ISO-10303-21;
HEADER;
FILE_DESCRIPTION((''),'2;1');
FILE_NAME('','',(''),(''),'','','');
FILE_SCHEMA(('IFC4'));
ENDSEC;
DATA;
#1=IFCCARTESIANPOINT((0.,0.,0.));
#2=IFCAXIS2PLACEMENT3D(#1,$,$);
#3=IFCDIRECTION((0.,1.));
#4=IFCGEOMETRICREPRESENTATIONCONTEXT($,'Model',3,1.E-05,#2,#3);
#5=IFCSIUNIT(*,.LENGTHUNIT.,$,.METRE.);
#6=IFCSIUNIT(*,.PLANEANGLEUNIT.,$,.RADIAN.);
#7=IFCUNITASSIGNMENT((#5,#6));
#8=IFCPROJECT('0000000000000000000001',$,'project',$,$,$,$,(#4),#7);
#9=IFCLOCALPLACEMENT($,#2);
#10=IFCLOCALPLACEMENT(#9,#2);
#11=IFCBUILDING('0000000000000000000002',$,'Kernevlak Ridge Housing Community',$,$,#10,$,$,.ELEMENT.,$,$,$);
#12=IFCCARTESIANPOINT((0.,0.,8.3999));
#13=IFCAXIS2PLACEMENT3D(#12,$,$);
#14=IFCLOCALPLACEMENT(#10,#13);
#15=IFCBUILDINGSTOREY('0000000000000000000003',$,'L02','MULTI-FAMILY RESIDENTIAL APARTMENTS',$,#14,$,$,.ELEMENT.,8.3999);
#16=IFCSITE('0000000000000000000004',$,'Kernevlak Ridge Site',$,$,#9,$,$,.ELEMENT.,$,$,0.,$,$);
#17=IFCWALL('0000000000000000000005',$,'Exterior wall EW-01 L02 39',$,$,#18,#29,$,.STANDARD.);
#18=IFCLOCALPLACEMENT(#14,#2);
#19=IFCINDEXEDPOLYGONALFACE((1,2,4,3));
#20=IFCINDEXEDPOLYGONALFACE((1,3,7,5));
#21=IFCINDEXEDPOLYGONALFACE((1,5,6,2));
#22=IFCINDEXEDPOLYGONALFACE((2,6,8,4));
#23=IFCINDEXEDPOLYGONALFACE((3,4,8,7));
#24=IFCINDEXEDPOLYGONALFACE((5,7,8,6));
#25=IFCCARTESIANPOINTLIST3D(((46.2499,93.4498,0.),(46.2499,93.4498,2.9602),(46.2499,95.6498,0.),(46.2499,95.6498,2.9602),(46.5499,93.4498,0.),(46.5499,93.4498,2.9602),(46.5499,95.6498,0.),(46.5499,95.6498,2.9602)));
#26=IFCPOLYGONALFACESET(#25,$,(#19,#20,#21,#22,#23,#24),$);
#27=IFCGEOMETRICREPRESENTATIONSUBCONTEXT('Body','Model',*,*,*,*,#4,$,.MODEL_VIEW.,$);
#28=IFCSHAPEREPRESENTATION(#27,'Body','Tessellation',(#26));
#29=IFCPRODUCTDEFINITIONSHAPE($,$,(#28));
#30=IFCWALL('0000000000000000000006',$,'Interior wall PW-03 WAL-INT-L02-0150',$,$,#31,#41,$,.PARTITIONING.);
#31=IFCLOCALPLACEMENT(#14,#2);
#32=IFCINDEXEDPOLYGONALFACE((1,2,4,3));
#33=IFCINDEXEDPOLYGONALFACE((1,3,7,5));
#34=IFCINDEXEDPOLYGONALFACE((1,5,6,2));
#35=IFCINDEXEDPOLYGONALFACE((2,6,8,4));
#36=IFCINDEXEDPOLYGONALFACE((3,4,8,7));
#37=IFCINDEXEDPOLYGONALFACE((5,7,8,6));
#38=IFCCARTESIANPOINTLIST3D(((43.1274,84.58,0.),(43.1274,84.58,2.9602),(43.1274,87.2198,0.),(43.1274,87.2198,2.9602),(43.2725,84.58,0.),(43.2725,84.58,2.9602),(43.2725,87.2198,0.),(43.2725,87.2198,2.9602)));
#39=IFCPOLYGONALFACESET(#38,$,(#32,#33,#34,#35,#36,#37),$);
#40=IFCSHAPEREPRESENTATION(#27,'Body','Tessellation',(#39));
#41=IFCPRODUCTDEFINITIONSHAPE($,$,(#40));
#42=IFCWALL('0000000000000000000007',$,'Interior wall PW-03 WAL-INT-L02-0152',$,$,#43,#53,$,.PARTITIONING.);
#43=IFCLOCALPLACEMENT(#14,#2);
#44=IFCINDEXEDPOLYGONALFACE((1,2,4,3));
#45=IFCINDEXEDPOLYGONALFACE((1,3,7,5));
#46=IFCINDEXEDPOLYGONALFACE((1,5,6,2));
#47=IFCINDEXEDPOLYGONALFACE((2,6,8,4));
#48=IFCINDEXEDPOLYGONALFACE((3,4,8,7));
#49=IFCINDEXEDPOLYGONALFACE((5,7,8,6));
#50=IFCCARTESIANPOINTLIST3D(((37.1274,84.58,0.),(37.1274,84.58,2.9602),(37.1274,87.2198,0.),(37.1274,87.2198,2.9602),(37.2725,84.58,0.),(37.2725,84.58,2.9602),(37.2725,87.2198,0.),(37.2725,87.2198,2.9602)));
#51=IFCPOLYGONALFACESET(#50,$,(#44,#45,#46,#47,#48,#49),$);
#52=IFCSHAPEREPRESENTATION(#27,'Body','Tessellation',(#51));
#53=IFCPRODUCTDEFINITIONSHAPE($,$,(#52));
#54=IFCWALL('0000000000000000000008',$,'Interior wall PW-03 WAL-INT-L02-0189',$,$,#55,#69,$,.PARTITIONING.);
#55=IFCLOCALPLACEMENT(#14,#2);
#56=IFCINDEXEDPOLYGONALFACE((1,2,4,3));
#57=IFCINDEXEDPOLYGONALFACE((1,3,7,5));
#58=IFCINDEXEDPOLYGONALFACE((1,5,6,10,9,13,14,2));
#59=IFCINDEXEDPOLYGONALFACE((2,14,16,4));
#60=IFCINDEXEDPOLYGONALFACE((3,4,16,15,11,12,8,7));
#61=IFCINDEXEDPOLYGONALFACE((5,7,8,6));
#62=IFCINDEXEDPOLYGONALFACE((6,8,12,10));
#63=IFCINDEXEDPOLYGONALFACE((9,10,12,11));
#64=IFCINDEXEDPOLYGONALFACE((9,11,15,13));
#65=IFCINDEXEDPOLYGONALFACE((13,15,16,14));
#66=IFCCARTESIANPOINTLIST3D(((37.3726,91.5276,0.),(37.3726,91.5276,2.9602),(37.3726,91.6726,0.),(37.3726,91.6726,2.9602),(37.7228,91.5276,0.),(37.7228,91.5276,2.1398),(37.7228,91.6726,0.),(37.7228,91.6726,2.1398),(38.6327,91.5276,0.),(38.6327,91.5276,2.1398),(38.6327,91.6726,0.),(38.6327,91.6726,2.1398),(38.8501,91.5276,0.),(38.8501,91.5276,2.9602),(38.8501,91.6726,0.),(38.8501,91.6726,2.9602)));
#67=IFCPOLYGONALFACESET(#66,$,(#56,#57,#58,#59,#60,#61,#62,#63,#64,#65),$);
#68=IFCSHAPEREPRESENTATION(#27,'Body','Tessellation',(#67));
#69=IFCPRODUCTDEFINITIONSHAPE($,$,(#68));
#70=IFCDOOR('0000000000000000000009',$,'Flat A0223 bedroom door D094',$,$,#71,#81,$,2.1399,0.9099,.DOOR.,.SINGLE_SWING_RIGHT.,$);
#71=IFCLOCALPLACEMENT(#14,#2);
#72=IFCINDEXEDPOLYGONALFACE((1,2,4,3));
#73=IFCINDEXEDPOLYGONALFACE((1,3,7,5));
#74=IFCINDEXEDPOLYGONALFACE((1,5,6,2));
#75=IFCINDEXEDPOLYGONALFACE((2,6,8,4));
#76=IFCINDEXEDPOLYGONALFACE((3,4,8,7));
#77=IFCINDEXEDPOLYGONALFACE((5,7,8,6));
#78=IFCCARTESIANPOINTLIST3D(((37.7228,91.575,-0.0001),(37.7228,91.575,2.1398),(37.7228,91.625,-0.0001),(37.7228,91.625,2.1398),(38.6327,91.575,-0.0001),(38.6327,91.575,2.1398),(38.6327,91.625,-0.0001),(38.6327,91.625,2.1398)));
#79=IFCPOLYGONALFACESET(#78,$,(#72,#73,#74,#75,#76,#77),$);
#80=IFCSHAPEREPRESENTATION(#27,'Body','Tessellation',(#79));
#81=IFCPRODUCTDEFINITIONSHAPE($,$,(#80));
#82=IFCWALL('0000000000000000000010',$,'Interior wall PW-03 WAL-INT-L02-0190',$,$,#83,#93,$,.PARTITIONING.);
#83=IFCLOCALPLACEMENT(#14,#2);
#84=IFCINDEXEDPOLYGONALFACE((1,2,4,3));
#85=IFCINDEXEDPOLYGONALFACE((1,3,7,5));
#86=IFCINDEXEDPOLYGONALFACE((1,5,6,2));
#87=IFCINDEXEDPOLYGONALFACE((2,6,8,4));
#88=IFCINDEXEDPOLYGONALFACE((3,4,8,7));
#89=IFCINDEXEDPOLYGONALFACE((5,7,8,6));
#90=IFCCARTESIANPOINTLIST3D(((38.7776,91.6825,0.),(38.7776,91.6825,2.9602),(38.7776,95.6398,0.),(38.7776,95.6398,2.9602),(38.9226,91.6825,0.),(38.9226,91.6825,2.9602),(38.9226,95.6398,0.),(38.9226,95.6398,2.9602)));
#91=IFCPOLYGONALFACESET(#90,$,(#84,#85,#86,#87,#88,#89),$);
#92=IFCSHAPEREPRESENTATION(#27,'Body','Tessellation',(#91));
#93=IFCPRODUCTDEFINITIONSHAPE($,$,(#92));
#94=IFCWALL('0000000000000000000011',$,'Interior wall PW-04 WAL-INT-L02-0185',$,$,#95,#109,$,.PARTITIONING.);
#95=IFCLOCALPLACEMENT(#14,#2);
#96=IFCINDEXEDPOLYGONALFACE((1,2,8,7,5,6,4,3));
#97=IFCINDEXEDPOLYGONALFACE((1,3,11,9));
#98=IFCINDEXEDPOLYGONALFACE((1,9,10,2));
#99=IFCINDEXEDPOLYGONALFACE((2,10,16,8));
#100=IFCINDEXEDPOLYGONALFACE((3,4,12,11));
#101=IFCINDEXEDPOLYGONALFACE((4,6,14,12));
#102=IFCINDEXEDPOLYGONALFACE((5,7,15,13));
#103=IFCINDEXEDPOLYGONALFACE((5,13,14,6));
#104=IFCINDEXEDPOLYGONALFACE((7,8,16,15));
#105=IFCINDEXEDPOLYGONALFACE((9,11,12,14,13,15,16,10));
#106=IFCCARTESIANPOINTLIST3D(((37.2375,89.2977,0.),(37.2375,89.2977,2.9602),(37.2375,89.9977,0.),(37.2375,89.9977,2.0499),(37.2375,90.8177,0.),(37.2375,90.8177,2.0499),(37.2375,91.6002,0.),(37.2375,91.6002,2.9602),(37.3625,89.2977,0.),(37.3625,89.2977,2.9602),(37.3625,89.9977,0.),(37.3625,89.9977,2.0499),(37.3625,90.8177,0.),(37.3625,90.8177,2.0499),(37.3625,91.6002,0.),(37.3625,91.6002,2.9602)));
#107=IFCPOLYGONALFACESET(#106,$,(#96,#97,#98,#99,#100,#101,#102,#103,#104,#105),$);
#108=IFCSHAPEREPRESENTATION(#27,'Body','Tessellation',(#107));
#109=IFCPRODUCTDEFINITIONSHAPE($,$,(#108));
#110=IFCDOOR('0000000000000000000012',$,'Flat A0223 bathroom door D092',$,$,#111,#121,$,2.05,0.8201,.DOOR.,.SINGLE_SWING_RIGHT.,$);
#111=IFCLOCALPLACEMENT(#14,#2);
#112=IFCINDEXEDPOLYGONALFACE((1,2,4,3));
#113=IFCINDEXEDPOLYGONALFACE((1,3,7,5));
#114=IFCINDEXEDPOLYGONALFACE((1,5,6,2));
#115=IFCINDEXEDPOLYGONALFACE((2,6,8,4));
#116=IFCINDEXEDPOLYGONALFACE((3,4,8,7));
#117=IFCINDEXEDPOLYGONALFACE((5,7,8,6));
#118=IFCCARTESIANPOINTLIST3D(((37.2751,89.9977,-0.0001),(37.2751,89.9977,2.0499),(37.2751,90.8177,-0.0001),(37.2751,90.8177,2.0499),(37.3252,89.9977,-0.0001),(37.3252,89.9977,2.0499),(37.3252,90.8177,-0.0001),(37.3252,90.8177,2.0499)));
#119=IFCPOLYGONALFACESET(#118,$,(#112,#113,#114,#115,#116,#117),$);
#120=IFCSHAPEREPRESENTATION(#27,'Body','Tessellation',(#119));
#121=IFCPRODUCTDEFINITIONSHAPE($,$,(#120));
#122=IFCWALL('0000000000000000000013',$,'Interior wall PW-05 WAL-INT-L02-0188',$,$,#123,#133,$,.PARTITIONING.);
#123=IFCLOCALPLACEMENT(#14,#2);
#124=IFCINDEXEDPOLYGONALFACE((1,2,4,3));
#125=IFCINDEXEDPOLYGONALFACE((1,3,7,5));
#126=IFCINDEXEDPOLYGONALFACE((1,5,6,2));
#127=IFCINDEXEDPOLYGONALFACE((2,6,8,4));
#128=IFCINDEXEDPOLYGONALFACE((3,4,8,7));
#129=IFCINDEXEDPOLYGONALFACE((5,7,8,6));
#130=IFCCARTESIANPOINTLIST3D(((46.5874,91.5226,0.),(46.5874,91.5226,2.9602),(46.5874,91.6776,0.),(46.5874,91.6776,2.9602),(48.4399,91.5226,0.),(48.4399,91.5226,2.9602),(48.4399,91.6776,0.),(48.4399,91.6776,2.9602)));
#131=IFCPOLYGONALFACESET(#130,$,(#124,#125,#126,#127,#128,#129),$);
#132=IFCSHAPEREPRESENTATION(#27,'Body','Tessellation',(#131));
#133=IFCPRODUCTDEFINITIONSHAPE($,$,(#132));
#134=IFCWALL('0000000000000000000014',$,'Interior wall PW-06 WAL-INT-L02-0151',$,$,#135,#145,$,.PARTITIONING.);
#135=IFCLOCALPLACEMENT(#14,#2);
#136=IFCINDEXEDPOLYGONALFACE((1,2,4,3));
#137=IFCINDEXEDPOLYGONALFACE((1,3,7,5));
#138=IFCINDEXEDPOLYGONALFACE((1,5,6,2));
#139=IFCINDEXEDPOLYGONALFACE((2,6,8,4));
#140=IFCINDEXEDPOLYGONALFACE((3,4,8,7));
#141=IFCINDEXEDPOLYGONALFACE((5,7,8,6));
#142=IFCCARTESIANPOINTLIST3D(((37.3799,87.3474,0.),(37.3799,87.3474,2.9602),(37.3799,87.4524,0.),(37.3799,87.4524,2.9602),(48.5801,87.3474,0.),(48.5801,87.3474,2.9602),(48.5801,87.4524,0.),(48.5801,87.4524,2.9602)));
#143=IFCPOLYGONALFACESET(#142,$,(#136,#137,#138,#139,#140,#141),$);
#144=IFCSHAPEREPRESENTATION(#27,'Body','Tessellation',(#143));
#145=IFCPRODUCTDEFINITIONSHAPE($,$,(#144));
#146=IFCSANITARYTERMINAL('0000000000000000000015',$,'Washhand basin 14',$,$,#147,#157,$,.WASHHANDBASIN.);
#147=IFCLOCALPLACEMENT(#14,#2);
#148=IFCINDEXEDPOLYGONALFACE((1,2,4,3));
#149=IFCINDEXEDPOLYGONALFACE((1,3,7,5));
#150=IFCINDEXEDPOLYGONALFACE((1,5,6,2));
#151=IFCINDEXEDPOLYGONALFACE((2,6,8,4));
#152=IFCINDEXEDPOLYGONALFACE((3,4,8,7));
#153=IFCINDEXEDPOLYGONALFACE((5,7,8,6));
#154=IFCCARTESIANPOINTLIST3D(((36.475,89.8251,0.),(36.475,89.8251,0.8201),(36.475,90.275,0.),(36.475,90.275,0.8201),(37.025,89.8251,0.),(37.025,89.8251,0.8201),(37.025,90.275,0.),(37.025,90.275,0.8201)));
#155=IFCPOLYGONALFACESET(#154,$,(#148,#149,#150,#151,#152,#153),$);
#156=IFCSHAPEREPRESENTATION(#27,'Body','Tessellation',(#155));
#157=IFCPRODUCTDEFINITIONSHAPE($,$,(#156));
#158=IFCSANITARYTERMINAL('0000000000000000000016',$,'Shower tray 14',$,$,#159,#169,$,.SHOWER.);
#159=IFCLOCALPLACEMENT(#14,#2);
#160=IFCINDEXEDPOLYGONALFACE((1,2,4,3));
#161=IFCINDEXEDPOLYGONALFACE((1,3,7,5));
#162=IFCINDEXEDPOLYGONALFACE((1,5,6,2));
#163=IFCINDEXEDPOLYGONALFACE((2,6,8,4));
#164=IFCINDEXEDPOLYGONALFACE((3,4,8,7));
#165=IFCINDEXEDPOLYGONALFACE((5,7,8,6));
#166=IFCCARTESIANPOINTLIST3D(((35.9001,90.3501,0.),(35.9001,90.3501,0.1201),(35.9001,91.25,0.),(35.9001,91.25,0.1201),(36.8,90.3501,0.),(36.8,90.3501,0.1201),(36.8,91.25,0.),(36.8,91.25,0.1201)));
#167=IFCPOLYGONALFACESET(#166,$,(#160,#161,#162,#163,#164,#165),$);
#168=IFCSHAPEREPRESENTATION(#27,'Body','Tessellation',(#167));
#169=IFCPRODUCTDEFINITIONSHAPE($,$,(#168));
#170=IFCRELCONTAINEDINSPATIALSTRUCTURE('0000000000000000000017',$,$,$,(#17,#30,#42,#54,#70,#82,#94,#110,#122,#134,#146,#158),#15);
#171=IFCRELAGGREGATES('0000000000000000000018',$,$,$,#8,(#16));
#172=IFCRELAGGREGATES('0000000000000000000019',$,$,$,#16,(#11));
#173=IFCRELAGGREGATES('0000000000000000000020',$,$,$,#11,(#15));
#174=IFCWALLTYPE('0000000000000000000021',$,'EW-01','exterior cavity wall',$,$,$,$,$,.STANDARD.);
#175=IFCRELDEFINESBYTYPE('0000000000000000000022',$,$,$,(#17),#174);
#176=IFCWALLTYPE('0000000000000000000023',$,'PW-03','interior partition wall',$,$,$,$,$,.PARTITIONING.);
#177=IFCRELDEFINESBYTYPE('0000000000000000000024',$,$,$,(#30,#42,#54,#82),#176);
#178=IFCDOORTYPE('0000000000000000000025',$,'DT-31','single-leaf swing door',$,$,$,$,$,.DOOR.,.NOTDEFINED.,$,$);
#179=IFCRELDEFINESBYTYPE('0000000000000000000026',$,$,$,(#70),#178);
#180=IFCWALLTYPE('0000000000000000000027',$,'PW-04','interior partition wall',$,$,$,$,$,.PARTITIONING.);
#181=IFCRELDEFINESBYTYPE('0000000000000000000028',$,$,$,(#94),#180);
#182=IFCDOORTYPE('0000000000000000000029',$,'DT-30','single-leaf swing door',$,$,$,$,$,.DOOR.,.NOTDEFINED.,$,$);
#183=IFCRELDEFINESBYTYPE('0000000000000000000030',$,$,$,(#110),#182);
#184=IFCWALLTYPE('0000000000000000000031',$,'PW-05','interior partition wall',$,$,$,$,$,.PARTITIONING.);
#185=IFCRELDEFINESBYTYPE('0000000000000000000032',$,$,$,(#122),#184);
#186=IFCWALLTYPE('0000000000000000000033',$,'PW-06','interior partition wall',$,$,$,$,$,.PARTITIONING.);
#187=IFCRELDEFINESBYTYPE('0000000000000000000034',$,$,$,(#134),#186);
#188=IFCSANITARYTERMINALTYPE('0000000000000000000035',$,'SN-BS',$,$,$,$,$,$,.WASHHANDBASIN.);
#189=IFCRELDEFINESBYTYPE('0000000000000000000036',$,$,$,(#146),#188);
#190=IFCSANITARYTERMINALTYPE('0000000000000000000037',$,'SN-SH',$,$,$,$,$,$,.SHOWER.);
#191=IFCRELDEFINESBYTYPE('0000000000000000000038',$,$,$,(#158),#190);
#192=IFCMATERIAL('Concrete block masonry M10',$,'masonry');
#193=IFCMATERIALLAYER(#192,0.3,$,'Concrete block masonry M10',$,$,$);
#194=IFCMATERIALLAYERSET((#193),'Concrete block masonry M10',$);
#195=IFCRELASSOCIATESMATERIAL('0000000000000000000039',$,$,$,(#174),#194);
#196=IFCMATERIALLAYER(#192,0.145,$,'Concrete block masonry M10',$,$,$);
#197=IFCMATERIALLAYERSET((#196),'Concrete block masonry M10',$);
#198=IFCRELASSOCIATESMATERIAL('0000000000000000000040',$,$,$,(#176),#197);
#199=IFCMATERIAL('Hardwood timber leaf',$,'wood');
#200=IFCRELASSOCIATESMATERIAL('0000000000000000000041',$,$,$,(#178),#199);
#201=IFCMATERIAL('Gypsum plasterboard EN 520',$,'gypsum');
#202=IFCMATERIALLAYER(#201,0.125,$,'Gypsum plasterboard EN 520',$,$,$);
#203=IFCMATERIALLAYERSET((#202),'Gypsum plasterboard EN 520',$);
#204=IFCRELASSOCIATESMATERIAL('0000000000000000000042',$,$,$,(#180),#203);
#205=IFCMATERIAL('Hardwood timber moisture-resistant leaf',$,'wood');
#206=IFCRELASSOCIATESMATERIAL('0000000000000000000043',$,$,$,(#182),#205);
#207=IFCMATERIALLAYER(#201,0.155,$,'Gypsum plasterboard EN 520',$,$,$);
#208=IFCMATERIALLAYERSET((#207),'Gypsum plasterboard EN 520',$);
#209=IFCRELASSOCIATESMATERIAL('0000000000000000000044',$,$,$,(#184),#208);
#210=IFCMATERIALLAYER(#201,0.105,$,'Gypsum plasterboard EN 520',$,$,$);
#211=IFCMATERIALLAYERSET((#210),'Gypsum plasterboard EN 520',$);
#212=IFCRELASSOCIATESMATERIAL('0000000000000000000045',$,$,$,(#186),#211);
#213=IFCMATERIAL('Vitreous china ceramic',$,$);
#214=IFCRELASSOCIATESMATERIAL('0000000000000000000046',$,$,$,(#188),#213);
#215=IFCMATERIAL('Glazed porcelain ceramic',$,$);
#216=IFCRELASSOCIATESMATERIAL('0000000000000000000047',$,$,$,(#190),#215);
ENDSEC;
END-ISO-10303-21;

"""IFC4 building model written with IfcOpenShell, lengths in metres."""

from ifc_helpers import new_model, si_unit, direction, frame, frame_2d, origin, origin_2d, place, context, subcontext, project, spatial, rectangle, extrude, material, layer, layer_set, type_object, element, fill, save


model = new_model("IFC4")

# Units and contexts
model_context = context("Model", 3, precision=1e-05, world=origin(), true_north=direction((0.0, 1.0)))
body_context = subcontext(model_context, "Body", "Model", "MODEL_VIEW")
ifc_project = project(units=[si_unit("LENGTHUNIT", "METRE"), si_unit("PLANEANGLEUNIT", "RADIAN")], contexts=[model_context])

# Site, building, storey
site_placement = place(None, origin())
site = spatial("IfcSite", under=ifc_project, at=site_placement, Name="Kernevlak Ridge Site", CompositionType="ELEMENT", RefElevation=0.0)
building_placement = place(site_placement, origin())
building = spatial("IfcBuilding", under=site, at=building_placement, Name="Kernevlak Ridge Housing Community", CompositionType="ELEMENT")
storey_placement = place(building_placement, frame((0.0, 0.0, 8.3999)))
storey = spatial("IfcBuildingStorey", under=building, at=storey_placement, Name="L02", Description="MULTI-FAMILY RESIDENTIAL APARTMENTS", CompositionType="ELEMENT", Elevation=8.3999)

# Shared definitions
ifc_material_1 = material(Name="Concrete block masonry M10", Category="masonry")
ifc_layer_1 = layer(ifc_material_1, 0.3, Name="Concrete block masonry M10")
ifc_layer_set_1 = layer_set([ifc_layer_1], Name="Concrete block masonry M10")
wall_type_1 = type_object("IfcWallType", Name="EW-01", Description="exterior cavity wall", PredefinedType="STANDARD", material=ifc_layer_set_1)

# Wall
wall_1_placement = place(storey_placement, frame((46.3999, 95.6499, 0.0), z_axis=(0.0, 0.0, 1.0), x_axis=(0.0, -1.0, 0.0)))
element("IfcWall", 1, at=wall_1_placement, inside=storey, type_object=wall_type_1, Name="Exterior wall EW-01 L02 39", PredefinedType="STANDARD", context=body_context, shape_type="SweptSolid", body=[
    extrude(rectangle(XDim=2.2, YDim=0.3, at=frame_2d((1.1001, 0.0))), origin(), (0.0, 0.0, 1.0), 2.9602),
])

# Walls
ifc_layer_2 = layer(ifc_material_1, 0.145, Name="Concrete block masonry M10")
ifc_layer_set_2 = layer_set([ifc_layer_2], Name="Concrete block masonry M10")
wall_type_2 = type_object("IfcWallType", Name="PW-03", Description="interior partition wall", PredefinedType="PARTITIONING", material=ifc_layer_set_2)
for number, where, z_axis, x_axis, name in (
    (2, (43.2, 84.5801, 0.0), (0.0, 0.0, 1.0), (0.0, 1.0, 0.0), "Interior wall PW-03 WAL-INT-L02-0150"),
    (3, (37.2, 84.5801, 0.0), (0.0, 0.0, 1.0), (0.0, 1.0, 0.0), "Interior wall PW-03 WAL-INT-L02-0152"),
):
    element("IfcWall", number, at=place(storey_placement, frame(where, z_axis=z_axis, x_axis=x_axis)), inside=storey, type_object=wall_type_2, Name=name, PredefinedType="PARTITIONING", context=body_context, shape_type="SweptSolid", body=[
        extrude(rectangle(XDim=2.6399, YDim=0.145, at=frame_2d((1.3198, 0.0))), origin(), (0.0, 0.0, 1.0), 2.9602),
    ])

# Wall, opening, door
wall_2_placement = place(storey_placement, frame((37.3726, 91.6001, 0.0), z_axis=(0.0, 0.0, 1.0), x_axis=(1.0, 0.0, 0.0)))
wall_2 = element("IfcWall", 4, at=wall_2_placement, inside=storey, type_object=wall_type_2, Name="Interior wall PW-03 WAL-INT-L02-0189", PredefinedType="PARTITIONING", context=body_context, shape_type="SweptSolid", body=[
    extrude(rectangle(XDim=1.4775, YDim=0.145, at=frame_2d((0.7388, 0.0))), origin(), (0.0, 0.0, 1.0), 2.9602),
])
opening_1_placement = place(wall_2_placement, frame((0.3501, 0.0, 0.0)))
opening_1 = element("IfcOpeningElement", 5, at=opening_1_placement, cuts=wall_2, PredefinedType="OPENING", context=body_context, shape_type="SweptSolid", body=[
    extrude(rectangle(XDim=0.9099, YDim=2.1399, at=frame_2d((0.4551, 1.0698))), frame((0.0, 0.0825, 0.0), z_axis=(0.0, -1.0, 0.0), x_axis=(1.0, 0.0, 0.0)), (0.0, 0.0, 1.0), 0.165),
])
ifc_material_2 = material(Name="Hardwood timber leaf", Category="wood")
door_type_1 = type_object("IfcDoorType", Name="DT-31", Description="single-leaf swing door", OperationType="NOTDEFINED", PredefinedType="DOOR", material=ifc_material_2)
door_1_placement = place(opening_1_placement, origin())
door_1 = element("IfcDoor", 6, at=door_1_placement, inside=storey, type_object=door_type_1, Name="Flat A0223 bedroom door D094", OperationType="SINGLE_SWING_RIGHT", OverallHeight=2.1399, OverallWidth=0.9099, PredefinedType="DOOR", context=body_context, shape_type="SweptSolid", body=[
    extrude(rectangle(XDim=0.9099, YDim=2.1399, at=frame_2d((0.4551, 1.0698))), frame((0.0, 0.0249, 0.0), z_axis=(0.0, -1.0, 0.0), x_axis=(1.0, 0.0, 0.0)), (0.0, 0.0, 1.0), 0.05),
])
fill(opening_1, door_1)

# Wall
wall_3_placement = place(storey_placement, frame((38.8501, 91.6826, 0.0), z_axis=(0.0, 0.0, 1.0), x_axis=(0.0, 1.0, 0.0)))
element("IfcWall", 7, at=wall_3_placement, inside=storey, type_object=wall_type_2, Name="Interior wall PW-03 WAL-INT-L02-0190", PredefinedType="PARTITIONING", context=body_context, shape_type="SweptSolid", body=[
    extrude(rectangle(XDim=3.9573, YDim=0.145, at=frame_2d((1.9785, 0.0))), origin(), (0.0, 0.0, 1.0), 2.9602),
])

# Wall, opening, door
ifc_material_3 = material(Name="Gypsum plasterboard EN 520", Category="gypsum")
ifc_layer_3 = layer(ifc_material_3, 0.125, Name="Gypsum plasterboard EN 520")
ifc_layer_set_3 = layer_set([ifc_layer_3], Name="Gypsum plasterboard EN 520")
wall_type_3 = type_object("IfcWallType", Name="PW-04", Description="interior partition wall", PredefinedType="PARTITIONING", material=ifc_layer_set_3)
wall_4_placement = place(storey_placement, frame((37.3, 89.2976, 0.0), z_axis=(0.0, 0.0, 1.0), x_axis=(0.0, 1.0, 0.0)))
wall_4 = element("IfcWall", 8, at=wall_4_placement, inside=storey, type_object=wall_type_3, Name="Interior wall PW-04 WAL-INT-L02-0185", PredefinedType="PARTITIONING", context=body_context, shape_type="SweptSolid", body=[
    extrude(rectangle(XDim=2.3025, YDim=0.125, at=frame_2d((1.1514, 0.0))), origin(), (0.0, 0.0, 1.0), 2.9602),
])
opening_2_placement = place(wall_4_placement, frame((0.7, 0.0, 0.0)))
opening_2 = element("IfcOpeningElement", 9, at=opening_2_placement, cuts=wall_4, PredefinedType="OPENING", context=body_context, shape_type="SweptSolid", body=[
    extrude(rectangle(XDim=0.8201, YDim=2.05, at=frame_2d((0.4102, 1.0249))), frame((0.0, 0.0725, 0.0), z_axis=(0.0, -1.0, 0.0), x_axis=(1.0, 0.0, 0.0)), (0.0, 0.0, 1.0), 0.145),
])
ifc_material_4 = material(Name="Hardwood timber moisture-resistant leaf", Category="wood")
door_type_2 = type_object("IfcDoorType", Name="DT-30", Description="single-leaf swing door", OperationType="NOTDEFINED", PredefinedType="DOOR", material=ifc_material_4)
door_2_placement = place(opening_2_placement, origin())
door_2 = element("IfcDoor", 10, at=door_2_placement, inside=storey, type_object=door_type_2, Name="Flat A0223 bathroom door D092", OperationType="SINGLE_SWING_RIGHT", OverallHeight=2.05, OverallWidth=0.8201, PredefinedType="DOOR", context=body_context, shape_type="SweptSolid", body=[
    extrude(rectangle(XDim=0.8201, YDim=2.05, at=frame_2d((0.4102, 1.0249))), frame((0.0, 0.0249, 0.0), z_axis=(0.0, -1.0, 0.0), x_axis=(1.0, 0.0, 0.0)), (0.0, 0.0, 1.0), 0.05),
])
fill(opening_2, door_2)
ifc_layer_4 = layer(ifc_material_3, 0.155, Name="Gypsum plasterboard EN 520")
ifc_layer_set_4 = layer_set([ifc_layer_4], Name="Gypsum plasterboard EN 520")
wall_type_4 = type_object("IfcWallType", Name="PW-05", Description="interior partition wall", PredefinedType="PARTITIONING", material=ifc_layer_set_4)

# Walls
wall_5_placement = place(storey_placement, frame((46.5874, 91.6001, 0.0), z_axis=(0.0, 0.0, 1.0), x_axis=(1.0, 0.0, 0.0)))
element("IfcWall", 11, at=wall_5_placement, inside=storey, type_object=wall_type_4, Name="Interior wall PW-05 WAL-INT-L02-0188", PredefinedType="PARTITIONING", context=body_context, shape_type="SweptSolid", body=[
    extrude(rectangle(XDim=1.8525, YDim=0.155, at=frame_2d((0.9263, 0.0))), origin(), (0.0, 0.0, 1.0), 2.9602),
])
ifc_layer_5 = layer(ifc_material_3, 0.105, Name="Gypsum plasterboard EN 520")
ifc_layer_set_5 = layer_set([ifc_layer_5], Name="Gypsum plasterboard EN 520")
wall_type_5 = type_object("IfcWallType", Name="PW-06", Description="interior partition wall", PredefinedType="PARTITIONING", material=ifc_layer_set_5)
wall_6_placement = place(storey_placement, frame((37.3799, 87.3999, 0.0), z_axis=(0.0, 0.0, 1.0), x_axis=(1.0, 0.0, 0.0)))
element("IfcWall", 12, at=wall_6_placement, inside=storey, type_object=wall_type_5, Name="Interior wall PW-06 WAL-INT-L02-0151", PredefinedType="PARTITIONING", context=body_context, shape_type="SweptSolid", body=[
    extrude(rectangle(XDim=11.2002, YDim=0.105, at=frame_2d((5.6001, 0.0))), origin(), (0.0, 0.0, 1.0), 2.9602),
])

# Sanitary terminals
ifc_material_5 = material(Name="Vitreous china ceramic")
sanitary_terminal_type_1 = type_object("IfcSanitaryTerminalType", Name="SN-BS", PredefinedType="WASHHANDBASIN", material=ifc_material_5)
sanitary_terminal_1_placement = place(storey_placement, frame((36.75, 90.05, 0.0), z_axis=(0.0, 0.0, 1.0), x_axis=(1.0, 0.0, 0.0)))
element("IfcSanitaryTerminal", 13, at=sanitary_terminal_1_placement, inside=storey, type_object=sanitary_terminal_type_1, Name="Washhand basin 14", PredefinedType="WASHHANDBASIN", context=body_context, shape_type="SweptSolid", body=[
    extrude(rectangle(XDim=0.55, YDim=0.45, at=origin_2d()), origin(), (0.0, 0.0, 1.0), 0.8201),
])
ifc_material_6 = material(Name="Glazed porcelain ceramic")
sanitary_terminal_type_2 = type_object("IfcSanitaryTerminalType", Name="SN-SH", PredefinedType="SHOWER", material=ifc_material_6)
sanitary_terminal_2_placement = place(storey_placement, frame((36.3501, 90.8, 0.0), z_axis=(0.0, 0.0, 1.0), x_axis=(1.0, 0.0, 0.0)))
element("IfcSanitaryTerminal", 14, at=sanitary_terminal_2_placement, inside=storey, type_object=sanitary_terminal_type_2, Name="Shower tray 14", PredefinedType="SHOWER", context=body_context, shape_type="SweptSolid", body=[
    extrude(rectangle(XDim=0.8999, YDim=0.8999, at=origin_2d()), origin(), (0.0, 0.0, 1.0), 0.1201),
])

save(model, "model.ifc")
